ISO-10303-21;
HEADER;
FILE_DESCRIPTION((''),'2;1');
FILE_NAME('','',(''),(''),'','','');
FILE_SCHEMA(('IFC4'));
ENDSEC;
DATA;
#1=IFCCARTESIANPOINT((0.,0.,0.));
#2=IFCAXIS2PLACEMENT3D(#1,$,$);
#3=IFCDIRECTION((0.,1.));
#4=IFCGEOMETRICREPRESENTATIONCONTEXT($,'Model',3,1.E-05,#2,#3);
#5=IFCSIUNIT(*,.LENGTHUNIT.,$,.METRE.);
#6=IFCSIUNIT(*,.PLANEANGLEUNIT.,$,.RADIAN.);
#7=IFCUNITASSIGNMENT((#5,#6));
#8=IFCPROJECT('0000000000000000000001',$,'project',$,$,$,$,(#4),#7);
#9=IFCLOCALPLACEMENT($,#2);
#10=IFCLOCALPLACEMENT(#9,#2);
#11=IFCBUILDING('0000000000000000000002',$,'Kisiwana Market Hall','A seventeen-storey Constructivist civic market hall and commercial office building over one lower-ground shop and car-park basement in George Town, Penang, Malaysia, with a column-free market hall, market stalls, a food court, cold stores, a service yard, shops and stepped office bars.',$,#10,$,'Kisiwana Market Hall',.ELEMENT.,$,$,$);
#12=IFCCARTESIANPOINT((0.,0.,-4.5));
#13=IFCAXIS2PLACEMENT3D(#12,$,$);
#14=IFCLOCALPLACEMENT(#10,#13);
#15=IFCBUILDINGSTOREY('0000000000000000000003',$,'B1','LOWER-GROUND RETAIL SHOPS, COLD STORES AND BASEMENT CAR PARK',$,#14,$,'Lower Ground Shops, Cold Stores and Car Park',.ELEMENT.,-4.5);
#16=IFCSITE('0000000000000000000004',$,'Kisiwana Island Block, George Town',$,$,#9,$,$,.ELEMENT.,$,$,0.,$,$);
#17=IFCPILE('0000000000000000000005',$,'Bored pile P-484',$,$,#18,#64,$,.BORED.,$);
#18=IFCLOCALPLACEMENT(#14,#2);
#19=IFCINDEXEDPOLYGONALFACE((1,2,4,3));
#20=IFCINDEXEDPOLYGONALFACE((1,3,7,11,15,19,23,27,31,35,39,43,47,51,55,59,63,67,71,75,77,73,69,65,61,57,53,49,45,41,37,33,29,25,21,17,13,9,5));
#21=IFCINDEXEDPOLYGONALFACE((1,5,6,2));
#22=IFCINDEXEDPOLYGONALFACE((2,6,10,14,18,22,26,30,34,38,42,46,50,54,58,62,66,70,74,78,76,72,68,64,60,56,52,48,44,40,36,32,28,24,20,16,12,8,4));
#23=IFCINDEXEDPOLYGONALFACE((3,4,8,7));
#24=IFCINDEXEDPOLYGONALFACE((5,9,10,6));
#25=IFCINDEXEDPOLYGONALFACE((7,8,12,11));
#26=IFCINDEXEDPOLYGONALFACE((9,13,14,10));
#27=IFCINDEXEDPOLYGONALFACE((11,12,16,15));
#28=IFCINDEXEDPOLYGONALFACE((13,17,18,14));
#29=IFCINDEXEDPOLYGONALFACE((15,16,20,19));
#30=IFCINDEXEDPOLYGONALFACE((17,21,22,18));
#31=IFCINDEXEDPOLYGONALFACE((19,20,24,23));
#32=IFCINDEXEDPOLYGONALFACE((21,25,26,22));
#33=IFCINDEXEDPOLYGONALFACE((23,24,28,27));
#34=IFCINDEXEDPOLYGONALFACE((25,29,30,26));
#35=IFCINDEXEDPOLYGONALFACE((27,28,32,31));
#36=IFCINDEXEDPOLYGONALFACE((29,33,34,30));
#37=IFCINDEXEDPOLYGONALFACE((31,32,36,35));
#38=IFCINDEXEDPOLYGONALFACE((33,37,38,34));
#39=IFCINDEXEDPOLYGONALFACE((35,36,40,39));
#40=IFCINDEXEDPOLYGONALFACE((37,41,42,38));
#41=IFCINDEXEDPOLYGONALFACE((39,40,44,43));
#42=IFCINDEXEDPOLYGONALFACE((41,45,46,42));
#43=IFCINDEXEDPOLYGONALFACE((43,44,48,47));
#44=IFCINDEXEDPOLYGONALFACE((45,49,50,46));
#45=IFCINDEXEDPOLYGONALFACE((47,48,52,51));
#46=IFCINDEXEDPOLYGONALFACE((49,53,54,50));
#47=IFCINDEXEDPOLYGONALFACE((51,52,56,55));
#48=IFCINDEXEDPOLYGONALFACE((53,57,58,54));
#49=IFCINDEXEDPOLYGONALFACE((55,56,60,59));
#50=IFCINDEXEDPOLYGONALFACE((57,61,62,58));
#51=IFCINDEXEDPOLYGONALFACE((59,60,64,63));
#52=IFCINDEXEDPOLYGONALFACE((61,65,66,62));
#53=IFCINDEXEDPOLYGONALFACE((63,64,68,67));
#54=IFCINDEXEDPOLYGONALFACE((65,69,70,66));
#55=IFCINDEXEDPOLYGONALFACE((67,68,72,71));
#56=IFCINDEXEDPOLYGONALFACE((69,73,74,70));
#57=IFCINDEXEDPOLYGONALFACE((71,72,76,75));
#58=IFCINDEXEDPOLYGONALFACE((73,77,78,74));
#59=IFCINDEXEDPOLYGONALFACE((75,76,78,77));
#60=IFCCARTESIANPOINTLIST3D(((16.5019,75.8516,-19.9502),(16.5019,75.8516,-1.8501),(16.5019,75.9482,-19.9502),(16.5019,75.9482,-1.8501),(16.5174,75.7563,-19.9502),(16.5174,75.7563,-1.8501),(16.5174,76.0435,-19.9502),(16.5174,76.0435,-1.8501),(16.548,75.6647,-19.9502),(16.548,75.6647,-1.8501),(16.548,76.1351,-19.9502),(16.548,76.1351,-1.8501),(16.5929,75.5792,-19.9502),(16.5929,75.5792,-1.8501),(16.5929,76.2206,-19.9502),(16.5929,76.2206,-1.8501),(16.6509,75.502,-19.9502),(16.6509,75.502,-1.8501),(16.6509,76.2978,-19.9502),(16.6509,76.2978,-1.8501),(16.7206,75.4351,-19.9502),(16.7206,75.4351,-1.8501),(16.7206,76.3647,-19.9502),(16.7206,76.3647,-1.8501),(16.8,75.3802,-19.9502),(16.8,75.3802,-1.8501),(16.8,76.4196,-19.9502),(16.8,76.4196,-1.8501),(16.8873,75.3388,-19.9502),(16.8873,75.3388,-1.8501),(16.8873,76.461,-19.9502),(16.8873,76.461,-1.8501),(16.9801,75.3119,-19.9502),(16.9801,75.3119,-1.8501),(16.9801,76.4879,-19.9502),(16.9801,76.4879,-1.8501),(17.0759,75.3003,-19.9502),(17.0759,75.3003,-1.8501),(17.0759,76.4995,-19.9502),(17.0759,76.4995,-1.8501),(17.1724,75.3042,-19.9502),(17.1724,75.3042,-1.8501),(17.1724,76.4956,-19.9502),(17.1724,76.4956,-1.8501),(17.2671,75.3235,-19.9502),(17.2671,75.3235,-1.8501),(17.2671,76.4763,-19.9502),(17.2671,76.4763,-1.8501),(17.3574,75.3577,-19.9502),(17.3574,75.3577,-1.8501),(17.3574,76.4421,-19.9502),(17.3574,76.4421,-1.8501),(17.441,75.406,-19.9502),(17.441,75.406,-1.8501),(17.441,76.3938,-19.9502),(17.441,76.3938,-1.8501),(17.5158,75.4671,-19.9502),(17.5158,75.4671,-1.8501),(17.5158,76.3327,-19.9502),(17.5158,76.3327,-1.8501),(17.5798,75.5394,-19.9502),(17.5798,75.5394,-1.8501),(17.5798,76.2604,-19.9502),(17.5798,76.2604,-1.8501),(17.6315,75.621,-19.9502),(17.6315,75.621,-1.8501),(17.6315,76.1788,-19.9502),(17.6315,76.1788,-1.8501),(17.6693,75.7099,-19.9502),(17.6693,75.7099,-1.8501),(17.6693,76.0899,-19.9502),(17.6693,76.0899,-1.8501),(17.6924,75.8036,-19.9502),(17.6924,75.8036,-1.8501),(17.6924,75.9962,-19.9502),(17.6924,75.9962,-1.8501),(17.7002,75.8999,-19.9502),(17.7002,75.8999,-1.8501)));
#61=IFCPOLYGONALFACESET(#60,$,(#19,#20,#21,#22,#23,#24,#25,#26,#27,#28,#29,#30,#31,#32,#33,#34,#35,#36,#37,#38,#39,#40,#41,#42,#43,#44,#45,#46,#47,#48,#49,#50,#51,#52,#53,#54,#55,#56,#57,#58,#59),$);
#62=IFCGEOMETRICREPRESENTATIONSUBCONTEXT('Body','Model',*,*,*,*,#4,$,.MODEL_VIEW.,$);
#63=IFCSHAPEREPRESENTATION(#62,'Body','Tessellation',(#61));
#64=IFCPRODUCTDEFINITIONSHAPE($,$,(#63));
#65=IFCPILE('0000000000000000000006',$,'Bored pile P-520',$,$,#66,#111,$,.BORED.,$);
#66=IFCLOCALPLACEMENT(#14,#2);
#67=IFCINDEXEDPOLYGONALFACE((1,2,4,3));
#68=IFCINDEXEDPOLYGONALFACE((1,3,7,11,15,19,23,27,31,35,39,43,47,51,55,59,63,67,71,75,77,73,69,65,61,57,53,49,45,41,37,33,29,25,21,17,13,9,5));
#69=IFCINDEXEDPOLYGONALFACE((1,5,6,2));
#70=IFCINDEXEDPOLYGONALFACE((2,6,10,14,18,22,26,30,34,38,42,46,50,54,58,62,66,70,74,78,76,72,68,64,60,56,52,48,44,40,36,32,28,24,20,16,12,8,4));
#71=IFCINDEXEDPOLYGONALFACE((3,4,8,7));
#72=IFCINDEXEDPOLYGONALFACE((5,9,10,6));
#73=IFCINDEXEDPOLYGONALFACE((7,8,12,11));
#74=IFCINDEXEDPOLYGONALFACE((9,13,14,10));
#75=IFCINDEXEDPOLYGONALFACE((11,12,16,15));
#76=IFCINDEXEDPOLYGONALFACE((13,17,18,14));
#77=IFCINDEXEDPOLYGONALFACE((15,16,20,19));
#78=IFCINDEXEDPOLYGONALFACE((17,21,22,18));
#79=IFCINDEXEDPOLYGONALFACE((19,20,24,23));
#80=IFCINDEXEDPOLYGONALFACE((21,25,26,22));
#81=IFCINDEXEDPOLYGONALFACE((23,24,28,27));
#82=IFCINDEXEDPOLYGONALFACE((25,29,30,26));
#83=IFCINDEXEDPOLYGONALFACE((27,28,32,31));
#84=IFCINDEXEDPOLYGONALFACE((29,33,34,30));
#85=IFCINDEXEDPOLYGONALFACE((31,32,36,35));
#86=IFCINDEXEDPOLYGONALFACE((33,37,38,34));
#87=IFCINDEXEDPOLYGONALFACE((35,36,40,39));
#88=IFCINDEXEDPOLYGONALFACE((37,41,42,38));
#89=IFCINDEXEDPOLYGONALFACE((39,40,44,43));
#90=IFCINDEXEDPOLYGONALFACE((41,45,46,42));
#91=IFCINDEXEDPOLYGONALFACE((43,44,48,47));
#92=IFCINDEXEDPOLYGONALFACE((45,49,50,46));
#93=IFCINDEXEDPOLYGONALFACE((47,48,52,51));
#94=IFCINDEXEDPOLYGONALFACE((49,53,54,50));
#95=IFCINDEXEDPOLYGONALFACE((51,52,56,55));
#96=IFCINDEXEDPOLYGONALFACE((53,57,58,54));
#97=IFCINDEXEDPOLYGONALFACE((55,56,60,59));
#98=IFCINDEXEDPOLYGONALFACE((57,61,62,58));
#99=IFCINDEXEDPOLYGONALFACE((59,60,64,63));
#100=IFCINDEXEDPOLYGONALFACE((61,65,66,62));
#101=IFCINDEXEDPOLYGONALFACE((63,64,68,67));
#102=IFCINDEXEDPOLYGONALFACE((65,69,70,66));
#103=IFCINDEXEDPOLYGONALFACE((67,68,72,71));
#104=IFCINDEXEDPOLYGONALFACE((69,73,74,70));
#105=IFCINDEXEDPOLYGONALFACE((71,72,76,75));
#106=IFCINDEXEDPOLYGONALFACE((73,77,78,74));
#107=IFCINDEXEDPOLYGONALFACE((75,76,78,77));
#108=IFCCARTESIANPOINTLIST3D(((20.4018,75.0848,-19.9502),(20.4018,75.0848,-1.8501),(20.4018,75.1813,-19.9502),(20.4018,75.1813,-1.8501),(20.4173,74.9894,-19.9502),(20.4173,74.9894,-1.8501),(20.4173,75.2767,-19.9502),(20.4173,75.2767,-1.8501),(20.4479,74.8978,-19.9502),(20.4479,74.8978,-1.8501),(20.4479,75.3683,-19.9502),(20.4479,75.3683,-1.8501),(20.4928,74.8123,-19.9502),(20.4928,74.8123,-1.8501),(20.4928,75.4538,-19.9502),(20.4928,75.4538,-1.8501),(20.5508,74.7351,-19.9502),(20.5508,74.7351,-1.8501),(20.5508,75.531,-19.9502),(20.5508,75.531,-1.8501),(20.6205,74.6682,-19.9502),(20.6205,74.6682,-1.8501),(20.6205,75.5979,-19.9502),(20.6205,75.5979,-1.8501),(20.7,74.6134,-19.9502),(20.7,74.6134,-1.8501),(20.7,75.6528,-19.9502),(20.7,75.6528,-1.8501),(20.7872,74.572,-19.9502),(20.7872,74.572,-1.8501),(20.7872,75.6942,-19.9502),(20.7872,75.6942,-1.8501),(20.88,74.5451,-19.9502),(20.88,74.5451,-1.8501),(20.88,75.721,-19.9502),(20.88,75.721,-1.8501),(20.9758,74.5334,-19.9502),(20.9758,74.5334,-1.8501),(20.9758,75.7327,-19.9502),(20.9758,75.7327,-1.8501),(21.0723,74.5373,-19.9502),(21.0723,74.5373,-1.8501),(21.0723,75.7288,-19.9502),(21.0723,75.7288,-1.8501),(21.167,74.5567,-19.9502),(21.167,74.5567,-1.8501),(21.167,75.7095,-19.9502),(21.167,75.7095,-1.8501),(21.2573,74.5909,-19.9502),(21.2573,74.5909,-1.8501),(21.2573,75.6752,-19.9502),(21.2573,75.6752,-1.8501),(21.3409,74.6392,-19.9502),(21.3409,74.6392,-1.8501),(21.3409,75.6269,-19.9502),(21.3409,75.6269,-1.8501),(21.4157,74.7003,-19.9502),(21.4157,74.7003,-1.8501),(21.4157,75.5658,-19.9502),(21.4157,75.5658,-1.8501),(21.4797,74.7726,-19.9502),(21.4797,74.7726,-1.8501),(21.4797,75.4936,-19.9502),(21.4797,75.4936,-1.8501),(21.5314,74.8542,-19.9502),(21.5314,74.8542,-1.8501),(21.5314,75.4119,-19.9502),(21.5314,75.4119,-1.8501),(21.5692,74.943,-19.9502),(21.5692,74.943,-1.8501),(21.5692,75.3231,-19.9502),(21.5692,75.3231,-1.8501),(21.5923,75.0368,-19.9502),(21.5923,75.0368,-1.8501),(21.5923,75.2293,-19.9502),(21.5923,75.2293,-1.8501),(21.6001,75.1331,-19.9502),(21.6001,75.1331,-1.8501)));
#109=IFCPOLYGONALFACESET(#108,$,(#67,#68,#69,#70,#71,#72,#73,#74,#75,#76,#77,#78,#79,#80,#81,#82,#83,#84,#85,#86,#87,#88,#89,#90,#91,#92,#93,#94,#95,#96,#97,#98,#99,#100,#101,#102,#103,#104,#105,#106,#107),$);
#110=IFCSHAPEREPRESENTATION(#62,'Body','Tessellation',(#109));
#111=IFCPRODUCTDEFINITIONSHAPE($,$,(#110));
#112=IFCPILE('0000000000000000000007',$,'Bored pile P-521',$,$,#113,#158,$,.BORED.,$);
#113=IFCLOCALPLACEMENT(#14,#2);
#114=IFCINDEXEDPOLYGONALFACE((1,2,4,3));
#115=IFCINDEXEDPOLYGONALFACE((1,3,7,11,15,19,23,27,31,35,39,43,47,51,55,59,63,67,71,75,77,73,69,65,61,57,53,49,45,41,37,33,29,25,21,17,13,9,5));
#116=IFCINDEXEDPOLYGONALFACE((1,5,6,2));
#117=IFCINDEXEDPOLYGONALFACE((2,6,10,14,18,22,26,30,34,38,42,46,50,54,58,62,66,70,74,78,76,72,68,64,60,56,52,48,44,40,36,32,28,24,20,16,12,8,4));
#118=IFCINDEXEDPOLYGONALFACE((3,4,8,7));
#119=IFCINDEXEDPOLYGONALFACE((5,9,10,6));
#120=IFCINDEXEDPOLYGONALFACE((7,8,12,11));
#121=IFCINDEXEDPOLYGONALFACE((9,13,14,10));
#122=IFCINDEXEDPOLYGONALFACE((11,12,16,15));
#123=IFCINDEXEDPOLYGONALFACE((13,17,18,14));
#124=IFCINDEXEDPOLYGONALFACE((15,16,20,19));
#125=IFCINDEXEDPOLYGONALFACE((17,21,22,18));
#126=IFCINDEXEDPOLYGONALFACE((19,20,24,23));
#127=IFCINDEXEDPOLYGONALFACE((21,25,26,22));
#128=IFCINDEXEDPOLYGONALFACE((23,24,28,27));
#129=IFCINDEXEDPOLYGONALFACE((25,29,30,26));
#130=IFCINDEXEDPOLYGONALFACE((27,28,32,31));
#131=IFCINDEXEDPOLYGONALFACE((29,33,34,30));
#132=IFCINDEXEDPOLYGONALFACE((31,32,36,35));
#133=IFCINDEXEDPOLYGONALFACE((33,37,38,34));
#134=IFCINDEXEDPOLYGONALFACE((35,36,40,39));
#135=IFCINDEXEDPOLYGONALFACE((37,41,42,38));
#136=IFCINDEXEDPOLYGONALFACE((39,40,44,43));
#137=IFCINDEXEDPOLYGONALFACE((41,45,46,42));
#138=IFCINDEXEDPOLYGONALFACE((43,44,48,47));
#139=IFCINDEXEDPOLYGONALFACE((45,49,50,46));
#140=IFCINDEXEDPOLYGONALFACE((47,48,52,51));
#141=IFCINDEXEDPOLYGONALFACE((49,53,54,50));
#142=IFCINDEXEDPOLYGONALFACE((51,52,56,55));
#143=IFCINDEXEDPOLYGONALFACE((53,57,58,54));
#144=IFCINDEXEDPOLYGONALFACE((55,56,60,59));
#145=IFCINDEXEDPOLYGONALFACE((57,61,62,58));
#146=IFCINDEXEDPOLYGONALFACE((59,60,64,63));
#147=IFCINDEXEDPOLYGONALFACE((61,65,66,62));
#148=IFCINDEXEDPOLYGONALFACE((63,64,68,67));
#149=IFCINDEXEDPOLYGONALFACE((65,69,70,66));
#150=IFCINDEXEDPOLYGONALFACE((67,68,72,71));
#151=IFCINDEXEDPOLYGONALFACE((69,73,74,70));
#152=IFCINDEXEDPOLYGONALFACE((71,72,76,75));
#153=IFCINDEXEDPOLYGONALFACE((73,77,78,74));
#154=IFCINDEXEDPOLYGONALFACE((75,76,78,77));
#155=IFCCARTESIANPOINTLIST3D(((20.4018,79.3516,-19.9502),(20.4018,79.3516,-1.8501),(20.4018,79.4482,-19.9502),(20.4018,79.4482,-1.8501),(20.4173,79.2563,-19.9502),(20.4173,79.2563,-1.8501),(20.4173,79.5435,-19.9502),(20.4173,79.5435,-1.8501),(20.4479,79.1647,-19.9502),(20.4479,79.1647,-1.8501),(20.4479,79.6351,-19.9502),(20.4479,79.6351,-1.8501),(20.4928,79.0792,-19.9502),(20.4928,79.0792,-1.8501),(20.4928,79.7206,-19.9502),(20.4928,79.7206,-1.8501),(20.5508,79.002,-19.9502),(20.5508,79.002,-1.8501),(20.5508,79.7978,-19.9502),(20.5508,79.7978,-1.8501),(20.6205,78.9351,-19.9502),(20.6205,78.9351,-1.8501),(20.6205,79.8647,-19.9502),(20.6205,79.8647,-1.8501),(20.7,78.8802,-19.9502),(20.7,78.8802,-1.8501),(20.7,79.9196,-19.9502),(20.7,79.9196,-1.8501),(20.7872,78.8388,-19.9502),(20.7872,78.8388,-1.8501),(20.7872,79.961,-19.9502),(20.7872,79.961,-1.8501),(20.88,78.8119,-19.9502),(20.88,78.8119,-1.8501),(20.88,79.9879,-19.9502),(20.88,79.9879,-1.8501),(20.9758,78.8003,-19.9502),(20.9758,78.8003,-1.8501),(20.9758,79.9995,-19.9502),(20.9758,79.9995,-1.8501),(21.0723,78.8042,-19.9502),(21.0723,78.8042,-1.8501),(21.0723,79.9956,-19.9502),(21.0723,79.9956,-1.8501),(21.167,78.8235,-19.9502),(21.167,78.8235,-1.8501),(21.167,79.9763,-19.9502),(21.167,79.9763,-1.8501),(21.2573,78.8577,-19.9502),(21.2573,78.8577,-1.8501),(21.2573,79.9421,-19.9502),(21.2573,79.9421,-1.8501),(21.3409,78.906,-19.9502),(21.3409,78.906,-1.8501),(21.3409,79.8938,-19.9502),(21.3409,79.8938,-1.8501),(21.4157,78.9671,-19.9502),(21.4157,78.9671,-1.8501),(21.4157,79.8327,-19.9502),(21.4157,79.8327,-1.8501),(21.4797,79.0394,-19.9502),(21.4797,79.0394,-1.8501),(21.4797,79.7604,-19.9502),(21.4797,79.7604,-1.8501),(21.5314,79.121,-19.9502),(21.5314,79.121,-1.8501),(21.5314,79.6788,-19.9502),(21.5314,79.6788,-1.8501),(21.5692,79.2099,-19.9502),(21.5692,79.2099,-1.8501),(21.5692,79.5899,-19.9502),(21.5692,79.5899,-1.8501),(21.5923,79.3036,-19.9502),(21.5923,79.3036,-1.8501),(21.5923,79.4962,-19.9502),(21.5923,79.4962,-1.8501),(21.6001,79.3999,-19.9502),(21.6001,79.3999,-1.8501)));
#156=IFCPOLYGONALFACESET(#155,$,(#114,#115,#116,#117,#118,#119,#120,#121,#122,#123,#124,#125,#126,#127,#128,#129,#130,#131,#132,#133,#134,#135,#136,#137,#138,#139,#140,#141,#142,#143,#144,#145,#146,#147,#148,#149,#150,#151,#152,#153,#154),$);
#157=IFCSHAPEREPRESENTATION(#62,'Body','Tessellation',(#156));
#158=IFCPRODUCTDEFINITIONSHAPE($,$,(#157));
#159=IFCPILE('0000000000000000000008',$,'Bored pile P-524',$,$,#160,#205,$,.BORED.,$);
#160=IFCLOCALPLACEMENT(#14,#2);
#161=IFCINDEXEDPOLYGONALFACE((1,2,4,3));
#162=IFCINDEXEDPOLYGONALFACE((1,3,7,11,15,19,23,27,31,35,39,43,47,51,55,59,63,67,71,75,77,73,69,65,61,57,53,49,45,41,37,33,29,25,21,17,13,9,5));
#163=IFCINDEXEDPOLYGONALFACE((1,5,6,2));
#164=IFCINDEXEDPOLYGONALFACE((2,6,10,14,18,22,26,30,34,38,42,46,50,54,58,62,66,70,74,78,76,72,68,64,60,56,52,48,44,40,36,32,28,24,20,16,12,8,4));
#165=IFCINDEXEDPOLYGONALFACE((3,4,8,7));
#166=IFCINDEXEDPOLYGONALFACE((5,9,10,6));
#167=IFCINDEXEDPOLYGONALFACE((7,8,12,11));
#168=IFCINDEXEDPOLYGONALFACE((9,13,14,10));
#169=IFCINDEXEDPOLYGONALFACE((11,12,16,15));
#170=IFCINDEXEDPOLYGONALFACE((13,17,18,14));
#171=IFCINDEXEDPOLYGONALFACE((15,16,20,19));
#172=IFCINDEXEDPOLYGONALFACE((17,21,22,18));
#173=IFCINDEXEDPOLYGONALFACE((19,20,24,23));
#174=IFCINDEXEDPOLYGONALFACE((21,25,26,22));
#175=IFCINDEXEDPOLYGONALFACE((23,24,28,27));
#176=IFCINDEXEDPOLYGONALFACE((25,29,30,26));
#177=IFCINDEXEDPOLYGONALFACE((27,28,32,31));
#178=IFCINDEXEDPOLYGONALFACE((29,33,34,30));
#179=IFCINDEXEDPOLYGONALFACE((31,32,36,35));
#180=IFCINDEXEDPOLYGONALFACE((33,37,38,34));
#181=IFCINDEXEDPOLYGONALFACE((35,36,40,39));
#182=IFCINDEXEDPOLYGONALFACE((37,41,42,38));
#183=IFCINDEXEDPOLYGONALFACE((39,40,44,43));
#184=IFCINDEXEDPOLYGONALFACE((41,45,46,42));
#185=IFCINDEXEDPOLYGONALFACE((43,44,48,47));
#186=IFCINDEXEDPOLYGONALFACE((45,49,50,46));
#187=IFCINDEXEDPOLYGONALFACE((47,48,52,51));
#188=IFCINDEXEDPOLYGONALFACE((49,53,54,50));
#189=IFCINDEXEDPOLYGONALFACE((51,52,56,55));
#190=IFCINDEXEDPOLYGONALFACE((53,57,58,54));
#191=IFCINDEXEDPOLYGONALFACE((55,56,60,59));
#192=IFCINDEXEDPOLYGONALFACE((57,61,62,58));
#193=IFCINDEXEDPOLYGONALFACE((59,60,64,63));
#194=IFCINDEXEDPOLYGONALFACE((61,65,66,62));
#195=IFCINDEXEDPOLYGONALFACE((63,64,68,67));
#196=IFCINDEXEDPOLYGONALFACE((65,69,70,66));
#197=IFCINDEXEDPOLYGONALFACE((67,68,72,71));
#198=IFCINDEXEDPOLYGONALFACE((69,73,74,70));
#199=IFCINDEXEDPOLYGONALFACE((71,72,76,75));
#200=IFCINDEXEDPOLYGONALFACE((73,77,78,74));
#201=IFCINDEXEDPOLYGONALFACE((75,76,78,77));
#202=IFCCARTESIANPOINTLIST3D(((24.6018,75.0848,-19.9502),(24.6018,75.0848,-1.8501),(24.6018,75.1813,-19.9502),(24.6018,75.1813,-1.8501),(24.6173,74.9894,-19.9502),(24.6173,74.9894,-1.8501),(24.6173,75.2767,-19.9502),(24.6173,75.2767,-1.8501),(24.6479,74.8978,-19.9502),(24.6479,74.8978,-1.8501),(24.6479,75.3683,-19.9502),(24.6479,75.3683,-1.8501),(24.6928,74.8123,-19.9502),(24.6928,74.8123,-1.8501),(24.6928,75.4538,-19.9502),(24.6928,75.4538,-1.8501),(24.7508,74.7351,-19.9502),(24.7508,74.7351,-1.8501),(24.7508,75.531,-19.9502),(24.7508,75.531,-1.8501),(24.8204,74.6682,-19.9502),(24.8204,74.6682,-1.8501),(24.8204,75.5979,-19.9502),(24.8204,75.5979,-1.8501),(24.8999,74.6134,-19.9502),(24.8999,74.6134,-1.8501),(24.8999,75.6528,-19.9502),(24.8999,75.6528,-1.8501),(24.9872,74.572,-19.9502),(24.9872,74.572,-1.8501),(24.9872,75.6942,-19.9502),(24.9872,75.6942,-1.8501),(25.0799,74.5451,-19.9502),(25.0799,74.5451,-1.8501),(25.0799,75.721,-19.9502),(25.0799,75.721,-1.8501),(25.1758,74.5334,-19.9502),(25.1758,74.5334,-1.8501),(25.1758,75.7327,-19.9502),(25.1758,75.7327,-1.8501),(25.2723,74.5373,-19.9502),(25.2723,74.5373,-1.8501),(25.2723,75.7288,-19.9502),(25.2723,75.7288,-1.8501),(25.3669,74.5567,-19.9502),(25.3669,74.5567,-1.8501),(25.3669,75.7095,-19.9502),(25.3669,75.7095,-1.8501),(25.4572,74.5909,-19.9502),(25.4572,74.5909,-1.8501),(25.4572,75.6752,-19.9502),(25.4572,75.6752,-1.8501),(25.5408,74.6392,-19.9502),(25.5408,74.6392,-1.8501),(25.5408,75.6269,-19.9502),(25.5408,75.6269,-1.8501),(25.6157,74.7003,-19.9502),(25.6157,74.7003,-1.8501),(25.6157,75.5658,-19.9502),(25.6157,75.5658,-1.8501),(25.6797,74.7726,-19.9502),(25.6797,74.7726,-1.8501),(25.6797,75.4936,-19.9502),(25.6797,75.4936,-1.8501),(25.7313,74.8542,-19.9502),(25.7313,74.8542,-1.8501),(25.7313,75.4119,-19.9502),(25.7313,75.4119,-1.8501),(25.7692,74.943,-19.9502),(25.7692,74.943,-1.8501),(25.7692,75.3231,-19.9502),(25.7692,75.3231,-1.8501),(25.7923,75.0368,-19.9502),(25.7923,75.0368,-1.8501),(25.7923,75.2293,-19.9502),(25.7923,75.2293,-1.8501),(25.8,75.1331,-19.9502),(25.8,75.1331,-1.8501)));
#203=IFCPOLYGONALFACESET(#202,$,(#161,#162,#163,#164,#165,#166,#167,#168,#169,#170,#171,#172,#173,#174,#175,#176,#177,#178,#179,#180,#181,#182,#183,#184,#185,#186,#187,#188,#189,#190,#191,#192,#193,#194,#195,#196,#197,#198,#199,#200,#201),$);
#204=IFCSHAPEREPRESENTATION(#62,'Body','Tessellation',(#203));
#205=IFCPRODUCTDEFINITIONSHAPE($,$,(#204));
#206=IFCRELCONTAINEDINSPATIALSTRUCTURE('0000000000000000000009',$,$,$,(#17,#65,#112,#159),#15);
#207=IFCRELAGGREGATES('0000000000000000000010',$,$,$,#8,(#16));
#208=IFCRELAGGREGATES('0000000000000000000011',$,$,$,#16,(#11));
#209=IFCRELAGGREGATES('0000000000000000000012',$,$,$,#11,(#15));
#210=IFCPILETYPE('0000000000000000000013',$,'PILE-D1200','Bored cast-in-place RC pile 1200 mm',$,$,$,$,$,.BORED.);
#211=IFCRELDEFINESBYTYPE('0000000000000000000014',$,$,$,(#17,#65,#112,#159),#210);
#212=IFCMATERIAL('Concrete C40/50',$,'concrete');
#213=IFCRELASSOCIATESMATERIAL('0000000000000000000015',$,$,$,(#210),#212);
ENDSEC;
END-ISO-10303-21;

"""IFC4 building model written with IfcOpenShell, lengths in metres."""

from ifc_helpers import new_model, si_unit, direction, frame, origin, origin_2d, place, context, subcontext, project, spatial, circle, extrude, material, material_profile, profile_set, type_object, element, save


model = new_model("IFC4")

# Units and contexts
model_context = context("Model", 3, precision=1e-05, world=origin(), true_north=direction((0.0, 1.0)))
body_context = subcontext(model_context, "Body", "Model", "MODEL_VIEW")
ifc_project = project(units=[si_unit("LENGTHUNIT", "METRE"), si_unit("PLANEANGLEUNIT", "RADIAN")], contexts=[model_context])

# Site, building, storey
site_placement = place(None, origin())
site = spatial("IfcSite", under=ifc_project, at=site_placement, Name="Kisiwana Island Block, George Town", CompositionType="ELEMENT", RefElevation=0.0)
building_placement = place(site_placement, origin())
building = spatial("IfcBuilding", under=site, at=building_placement, Name="Kisiwana Market Hall", Description="A seventeen-storey Constructivist civic market hall and commercial office building over one lower-ground shop and car-park basement in George Town, Penang, Malaysia, with a column-free market hall, market stalls, a food court, cold stores, a service yard, shops and stepped office bars.", LongName="Kisiwana Market Hall", CompositionType="ELEMENT")
storey_placement = place(building_placement, frame((0.0, 0.0, -4.5)))
storey = spatial("IfcBuildingStorey", under=building, at=storey_placement, Name="B1", Description="LOWER-GROUND RETAIL SHOPS, COLD STORES AND BASEMENT CAR PARK", LongName="Lower Ground Shops, Cold Stores and Car Park", CompositionType="ELEMENT", Elevation=-4.5)

# Piles
ifc_material_1 = material(Name="Concrete C40/50", Category="concrete")
ifc_material_profile = material_profile(ifc_material_1, circle(Radius=0.6001, at=origin_2d()), Name="BP D1200")
ifc_profile_set = profile_set([ifc_material_profile], Name="Concrete C40/50")
pile_type = type_object("IfcPileType", Name="PILE-D1200", Description="Bored cast-in-place RC pile 1200 mm", PredefinedType="BORED", material=ifc_profile_set)
for number, where, z_axis, x_axis, name in (
    (1, (17.1001, 75.8999, -1.8501), (0.0, 0.0, -1.0), (1.0, 0.0, 0.0), "Bored pile P-484"),
    (2, (21.0, 75.1331, -1.8501), (0.0, 0.0, -1.0), (1.0, 0.0, 0.0), "Bored pile P-520"),
    (3, (21.0, 79.3999, -1.8501), (0.0, 0.0, -1.0), (1.0, 0.0, 0.0), "Bored pile P-521"),
    (4, (25.2, 75.1331, -1.8501), (0.0, 0.0, -1.0), (1.0, 0.0, 0.0), "Bored pile P-524"),
):
    element("IfcPile", number, at=place(storey_placement, frame(where, z_axis=z_axis, x_axis=x_axis)), inside=storey, type_object=pile_type, Name=name, PredefinedType="BORED", context=body_context, shape_type="SweptSolid", body=[
        extrude(circle(Radius=0.6001, at=origin_2d()), origin(), (0.0, 0.0, 1.0), 18.1001),
    ])

save(model, "model.ifc")
